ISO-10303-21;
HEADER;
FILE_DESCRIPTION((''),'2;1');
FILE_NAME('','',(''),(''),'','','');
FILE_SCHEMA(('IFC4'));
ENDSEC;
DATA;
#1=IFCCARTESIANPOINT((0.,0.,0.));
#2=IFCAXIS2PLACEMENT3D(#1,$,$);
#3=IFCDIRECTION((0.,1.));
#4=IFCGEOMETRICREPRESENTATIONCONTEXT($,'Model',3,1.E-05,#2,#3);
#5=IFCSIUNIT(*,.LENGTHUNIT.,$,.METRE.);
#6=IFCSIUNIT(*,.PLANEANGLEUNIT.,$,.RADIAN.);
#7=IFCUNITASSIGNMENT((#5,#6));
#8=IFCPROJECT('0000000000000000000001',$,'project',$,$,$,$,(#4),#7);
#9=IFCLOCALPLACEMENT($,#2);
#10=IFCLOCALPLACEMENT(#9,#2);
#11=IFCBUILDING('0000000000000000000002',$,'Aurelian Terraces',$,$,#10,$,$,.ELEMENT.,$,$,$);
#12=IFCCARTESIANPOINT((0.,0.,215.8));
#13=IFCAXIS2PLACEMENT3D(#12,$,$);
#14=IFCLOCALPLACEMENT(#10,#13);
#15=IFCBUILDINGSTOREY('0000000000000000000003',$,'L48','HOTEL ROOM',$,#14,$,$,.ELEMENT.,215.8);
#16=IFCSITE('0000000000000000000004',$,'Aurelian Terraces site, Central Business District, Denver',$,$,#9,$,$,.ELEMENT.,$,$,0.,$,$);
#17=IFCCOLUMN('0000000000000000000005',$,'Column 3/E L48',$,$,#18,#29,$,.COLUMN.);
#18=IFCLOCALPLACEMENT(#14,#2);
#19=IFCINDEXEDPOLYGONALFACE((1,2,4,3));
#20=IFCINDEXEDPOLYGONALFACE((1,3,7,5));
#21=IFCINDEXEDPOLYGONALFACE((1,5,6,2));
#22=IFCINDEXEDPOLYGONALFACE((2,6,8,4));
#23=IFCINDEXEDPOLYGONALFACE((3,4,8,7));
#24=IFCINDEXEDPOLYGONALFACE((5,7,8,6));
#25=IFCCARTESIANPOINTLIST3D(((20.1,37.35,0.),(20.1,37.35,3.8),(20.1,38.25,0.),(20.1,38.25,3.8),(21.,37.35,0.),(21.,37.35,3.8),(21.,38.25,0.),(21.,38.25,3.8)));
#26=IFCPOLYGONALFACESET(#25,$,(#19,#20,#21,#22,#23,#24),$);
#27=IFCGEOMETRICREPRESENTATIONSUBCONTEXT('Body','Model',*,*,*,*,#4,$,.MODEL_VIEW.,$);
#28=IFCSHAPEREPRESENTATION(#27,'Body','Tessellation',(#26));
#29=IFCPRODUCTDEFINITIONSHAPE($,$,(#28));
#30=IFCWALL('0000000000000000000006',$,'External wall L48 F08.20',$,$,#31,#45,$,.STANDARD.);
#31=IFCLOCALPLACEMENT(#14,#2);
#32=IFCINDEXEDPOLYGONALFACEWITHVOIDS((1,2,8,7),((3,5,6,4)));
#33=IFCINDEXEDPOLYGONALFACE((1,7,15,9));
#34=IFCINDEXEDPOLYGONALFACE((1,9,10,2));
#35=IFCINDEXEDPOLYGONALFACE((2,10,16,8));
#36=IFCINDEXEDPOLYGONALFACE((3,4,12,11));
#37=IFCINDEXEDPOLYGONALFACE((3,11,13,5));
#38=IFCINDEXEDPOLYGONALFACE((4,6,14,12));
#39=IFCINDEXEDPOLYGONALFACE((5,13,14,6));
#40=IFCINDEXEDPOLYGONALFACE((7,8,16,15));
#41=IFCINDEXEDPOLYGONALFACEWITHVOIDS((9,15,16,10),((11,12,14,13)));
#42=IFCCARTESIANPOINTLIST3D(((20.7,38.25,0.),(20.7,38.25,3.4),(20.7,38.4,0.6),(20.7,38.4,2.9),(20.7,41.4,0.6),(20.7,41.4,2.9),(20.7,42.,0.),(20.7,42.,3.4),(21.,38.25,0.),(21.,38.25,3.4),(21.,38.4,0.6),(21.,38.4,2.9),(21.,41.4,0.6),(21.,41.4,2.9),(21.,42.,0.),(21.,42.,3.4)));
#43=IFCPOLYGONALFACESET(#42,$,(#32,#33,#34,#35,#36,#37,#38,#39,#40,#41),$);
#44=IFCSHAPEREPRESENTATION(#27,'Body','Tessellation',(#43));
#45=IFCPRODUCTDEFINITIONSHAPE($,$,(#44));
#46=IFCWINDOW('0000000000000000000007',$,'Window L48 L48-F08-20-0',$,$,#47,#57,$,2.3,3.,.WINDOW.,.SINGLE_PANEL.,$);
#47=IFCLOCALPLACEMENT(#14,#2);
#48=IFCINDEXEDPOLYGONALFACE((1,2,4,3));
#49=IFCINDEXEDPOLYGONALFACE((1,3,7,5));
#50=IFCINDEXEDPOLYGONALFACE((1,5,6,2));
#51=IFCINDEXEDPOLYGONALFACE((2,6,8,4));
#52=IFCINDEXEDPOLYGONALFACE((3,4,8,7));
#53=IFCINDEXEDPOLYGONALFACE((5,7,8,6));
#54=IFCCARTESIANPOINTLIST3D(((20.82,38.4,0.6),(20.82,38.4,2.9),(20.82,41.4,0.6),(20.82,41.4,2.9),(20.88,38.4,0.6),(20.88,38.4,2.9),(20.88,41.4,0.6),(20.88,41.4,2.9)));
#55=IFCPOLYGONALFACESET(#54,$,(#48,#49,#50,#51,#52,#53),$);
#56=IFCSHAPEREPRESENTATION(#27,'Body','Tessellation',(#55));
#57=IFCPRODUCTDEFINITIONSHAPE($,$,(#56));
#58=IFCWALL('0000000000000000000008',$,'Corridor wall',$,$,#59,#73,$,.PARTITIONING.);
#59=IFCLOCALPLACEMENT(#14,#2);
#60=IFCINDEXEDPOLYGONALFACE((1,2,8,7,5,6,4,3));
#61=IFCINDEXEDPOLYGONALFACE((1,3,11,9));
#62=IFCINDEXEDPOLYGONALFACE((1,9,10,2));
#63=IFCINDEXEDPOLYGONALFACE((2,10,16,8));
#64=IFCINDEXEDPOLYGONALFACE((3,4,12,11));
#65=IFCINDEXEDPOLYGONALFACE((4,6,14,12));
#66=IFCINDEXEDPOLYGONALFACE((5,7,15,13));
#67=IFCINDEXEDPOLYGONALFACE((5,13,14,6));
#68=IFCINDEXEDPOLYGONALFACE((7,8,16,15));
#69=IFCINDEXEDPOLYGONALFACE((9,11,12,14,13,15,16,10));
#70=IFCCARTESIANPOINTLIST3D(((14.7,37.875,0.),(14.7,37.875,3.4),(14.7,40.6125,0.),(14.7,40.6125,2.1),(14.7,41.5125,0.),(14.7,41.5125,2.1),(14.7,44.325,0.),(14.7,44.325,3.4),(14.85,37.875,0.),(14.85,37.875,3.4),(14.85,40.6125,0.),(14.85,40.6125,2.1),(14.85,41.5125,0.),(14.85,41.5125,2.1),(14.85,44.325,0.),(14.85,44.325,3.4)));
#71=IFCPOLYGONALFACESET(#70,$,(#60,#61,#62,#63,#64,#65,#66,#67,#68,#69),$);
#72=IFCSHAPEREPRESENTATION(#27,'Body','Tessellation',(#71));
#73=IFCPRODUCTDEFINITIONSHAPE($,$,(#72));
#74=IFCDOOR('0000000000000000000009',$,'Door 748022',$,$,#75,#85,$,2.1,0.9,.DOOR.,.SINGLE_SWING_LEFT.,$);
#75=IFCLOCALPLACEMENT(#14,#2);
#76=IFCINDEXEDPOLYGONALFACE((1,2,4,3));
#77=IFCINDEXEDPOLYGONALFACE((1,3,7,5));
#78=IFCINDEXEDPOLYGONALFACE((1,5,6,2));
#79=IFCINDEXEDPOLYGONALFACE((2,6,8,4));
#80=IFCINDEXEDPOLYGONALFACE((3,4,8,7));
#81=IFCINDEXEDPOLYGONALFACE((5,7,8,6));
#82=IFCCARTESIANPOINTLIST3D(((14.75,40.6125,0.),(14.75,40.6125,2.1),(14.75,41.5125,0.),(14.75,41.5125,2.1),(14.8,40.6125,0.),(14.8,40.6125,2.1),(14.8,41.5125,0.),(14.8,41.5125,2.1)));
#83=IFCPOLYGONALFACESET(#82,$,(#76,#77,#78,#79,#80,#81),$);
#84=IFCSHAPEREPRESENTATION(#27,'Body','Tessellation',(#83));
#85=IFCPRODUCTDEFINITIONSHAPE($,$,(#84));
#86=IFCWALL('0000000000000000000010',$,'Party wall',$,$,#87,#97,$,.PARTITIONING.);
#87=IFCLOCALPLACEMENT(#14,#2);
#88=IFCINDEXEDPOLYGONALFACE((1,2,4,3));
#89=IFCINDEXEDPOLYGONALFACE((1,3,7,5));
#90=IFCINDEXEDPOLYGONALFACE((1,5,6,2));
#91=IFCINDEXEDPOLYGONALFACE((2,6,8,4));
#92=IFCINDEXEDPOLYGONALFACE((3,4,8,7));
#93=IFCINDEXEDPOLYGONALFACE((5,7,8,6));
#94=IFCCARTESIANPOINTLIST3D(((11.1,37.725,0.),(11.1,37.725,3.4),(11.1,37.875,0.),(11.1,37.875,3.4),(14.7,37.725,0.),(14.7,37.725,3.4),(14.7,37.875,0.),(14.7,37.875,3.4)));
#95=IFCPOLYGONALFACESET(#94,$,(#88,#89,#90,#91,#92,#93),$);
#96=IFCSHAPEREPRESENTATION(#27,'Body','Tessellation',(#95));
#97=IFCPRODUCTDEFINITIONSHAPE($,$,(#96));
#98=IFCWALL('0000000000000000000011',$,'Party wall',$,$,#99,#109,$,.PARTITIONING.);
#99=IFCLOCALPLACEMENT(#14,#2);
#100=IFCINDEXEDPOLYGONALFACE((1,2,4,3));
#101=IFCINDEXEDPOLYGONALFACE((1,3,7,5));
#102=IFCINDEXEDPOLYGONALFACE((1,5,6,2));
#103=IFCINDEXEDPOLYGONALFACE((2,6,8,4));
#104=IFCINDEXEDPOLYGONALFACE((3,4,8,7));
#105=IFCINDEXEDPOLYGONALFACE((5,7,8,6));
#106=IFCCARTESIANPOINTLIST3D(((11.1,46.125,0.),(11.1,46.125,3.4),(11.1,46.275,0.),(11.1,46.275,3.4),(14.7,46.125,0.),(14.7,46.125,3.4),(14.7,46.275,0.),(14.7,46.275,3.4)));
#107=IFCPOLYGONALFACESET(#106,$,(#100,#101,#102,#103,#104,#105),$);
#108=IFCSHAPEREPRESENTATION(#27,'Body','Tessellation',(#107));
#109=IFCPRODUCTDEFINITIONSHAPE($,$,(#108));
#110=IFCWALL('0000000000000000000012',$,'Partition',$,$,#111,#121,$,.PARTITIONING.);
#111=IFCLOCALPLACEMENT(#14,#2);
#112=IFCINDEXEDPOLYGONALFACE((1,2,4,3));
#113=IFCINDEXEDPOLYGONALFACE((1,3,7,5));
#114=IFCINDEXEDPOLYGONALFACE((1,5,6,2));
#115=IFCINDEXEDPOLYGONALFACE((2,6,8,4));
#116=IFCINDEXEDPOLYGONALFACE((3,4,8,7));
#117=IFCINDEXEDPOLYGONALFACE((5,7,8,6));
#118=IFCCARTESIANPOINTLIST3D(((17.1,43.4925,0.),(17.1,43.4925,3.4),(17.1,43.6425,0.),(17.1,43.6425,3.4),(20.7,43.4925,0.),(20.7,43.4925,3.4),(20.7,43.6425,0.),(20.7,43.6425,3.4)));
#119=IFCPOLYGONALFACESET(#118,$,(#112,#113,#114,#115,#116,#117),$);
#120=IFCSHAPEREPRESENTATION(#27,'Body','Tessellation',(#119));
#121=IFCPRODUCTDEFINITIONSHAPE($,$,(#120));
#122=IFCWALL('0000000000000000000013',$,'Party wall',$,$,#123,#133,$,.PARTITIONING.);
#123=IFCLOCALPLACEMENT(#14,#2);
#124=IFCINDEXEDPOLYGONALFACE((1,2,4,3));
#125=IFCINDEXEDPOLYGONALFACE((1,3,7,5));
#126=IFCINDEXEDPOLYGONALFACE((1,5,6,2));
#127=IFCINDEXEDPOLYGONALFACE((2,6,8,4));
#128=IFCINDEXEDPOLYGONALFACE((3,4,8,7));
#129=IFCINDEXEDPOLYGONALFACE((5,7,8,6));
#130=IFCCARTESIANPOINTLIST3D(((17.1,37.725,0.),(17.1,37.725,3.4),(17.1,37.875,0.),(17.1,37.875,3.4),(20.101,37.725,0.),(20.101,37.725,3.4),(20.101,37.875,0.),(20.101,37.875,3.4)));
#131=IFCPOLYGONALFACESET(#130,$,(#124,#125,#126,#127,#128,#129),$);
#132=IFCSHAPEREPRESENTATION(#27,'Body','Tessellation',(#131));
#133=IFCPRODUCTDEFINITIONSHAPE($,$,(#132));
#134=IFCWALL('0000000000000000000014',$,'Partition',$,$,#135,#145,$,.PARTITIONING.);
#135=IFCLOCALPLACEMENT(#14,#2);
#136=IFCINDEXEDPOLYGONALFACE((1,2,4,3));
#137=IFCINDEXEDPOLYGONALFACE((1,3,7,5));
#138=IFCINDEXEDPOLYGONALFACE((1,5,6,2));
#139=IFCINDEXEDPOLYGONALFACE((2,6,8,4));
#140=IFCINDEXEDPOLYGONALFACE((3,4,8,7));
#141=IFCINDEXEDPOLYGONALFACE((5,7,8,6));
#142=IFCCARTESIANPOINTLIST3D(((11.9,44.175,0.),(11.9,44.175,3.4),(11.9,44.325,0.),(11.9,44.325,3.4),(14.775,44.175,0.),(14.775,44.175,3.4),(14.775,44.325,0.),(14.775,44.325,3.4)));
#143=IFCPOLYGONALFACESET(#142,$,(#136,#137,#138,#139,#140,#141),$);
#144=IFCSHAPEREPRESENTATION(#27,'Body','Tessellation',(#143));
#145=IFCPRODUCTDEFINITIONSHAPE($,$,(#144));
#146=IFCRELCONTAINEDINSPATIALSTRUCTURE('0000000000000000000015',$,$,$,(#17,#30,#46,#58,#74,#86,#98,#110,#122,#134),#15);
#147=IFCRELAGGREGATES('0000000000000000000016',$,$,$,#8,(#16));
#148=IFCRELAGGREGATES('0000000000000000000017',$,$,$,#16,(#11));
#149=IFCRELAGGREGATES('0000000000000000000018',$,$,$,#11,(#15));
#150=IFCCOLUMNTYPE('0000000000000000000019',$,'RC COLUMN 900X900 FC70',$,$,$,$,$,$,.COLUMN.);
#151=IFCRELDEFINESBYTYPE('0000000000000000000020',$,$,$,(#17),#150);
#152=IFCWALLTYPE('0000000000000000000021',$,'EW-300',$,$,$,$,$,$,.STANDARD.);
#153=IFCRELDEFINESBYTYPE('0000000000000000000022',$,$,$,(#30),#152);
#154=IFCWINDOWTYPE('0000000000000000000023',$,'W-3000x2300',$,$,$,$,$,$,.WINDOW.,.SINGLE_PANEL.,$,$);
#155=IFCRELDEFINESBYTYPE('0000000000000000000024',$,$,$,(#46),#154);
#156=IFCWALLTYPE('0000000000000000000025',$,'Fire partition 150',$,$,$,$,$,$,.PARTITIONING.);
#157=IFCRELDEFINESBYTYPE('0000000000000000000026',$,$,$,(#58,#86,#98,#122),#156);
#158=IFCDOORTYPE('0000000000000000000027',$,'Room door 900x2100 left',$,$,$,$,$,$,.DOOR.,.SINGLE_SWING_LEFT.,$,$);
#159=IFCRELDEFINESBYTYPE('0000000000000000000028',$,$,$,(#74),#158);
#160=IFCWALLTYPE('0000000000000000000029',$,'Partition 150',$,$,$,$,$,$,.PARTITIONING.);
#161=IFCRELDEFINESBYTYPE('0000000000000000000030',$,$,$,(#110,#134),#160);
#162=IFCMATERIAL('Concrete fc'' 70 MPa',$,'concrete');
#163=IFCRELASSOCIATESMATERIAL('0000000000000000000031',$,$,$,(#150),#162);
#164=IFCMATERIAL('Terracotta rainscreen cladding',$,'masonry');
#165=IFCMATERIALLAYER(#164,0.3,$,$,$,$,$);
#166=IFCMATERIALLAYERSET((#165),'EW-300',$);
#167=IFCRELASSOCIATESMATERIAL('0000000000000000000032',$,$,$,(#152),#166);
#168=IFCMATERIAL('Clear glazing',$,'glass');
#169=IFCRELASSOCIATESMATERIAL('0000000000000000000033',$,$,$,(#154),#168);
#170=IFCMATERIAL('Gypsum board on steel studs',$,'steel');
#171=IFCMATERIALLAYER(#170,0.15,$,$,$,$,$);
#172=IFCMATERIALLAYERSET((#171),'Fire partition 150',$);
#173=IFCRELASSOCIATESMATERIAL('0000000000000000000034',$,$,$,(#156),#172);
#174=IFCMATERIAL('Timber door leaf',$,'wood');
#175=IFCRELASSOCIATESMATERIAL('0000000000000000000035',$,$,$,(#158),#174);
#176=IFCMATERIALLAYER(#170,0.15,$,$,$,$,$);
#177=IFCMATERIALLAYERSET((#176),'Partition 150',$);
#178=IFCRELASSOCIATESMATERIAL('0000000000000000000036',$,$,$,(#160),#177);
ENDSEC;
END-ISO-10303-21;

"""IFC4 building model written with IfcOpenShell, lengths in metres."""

from ifc_helpers import new_model, si_unit, direction, frame, frame_2d, origin, origin_2d, place, context, subcontext, project, spatial, rectangle, extrude, source, transform, mapped, material, layer, layer_set, material_profile, profile_set, type_object, element, fill, save


model = new_model("IFC4")

# Units and contexts
model_context = context("Model", 3, precision=1e-05, world=origin(), true_north=direction((0.0, 1.0)))
body_context = subcontext(model_context, "Body", "Model", "MODEL_VIEW")
ifc_project = project(units=[si_unit("LENGTHUNIT", "METRE"), si_unit("PLANEANGLEUNIT", "RADIAN")], contexts=[model_context])

# Site, building, storey
site_placement = place(None, origin())
site = spatial("IfcSite", under=ifc_project, at=site_placement, Name="Aurelian Terraces site, Central Business District, Denver", CompositionType="ELEMENT", RefElevation=0.0)
building_placement = place(site_placement, origin())
building = spatial("IfcBuilding", under=site, at=building_placement, Name="Aurelian Terraces", CompositionType="ELEMENT")
storey_placement = place(building_placement, frame((0.0, 0.0, 215.8)))
storey = spatial("IfcBuildingStorey", under=building, at=storey_placement, Name="L48", Description="HOTEL ROOM", CompositionType="ELEMENT", Elevation=215.8)

# Column
ifc_material_1 = material(Name="Concrete fc' 70 MPa", Category="concrete")
ifc_material_profile = material_profile(ifc_material_1, rectangle(XDim=0.9, YDim=0.9, at=origin_2d()))
ifc_profile_set = profile_set([ifc_material_profile], Name="Concrete fc' 70 MPa")
column_type = type_object("IfcColumnType", Name="RC COLUMN 900X900 FC70", PredefinedType="COLUMN", material=ifc_profile_set)
shared_shape_1 = source(origin(), body_context, "Body", "SweptSolid", [
    extrude(rectangle(XDim=0.9, YDim=0.9, at=origin_2d()), origin(), (0.0, 0.0, 1.0), 3.8),
])
column_placement = place(storey_placement, frame((20.55, 37.8, 0.0), z_axis=(0.0, 0.0, 1.0), x_axis=(1.0, 0.0, 0.0)))
element("IfcColumn", 1, at=column_placement, inside=storey, type_object=column_type, Name="Column 3/E L48", PredefinedType="COLUMN", context=body_context, shape_type="MappedRepresentation", body=[
    mapped(shared_shape_1, transform((0.0, 0.0, 0.0), scale=1.0)),
])

# Wall, opening, window
ifc_material_2 = material(Name="Terracotta rainscreen cladding", Category="masonry")
ifc_layer_1 = layer(ifc_material_2, 0.3)
ifc_layer_set_1 = layer_set([ifc_layer_1], Name="EW-300")
wall_type_1 = type_object("IfcWallType", Name="EW-300", PredefinedType="STANDARD", material=ifc_layer_set_1)
shared_shape_2 = source(origin(), body_context, "Body", "SweptSolid", [
    extrude(rectangle(XDim=3.75, YDim=0.3, at=frame_2d((1.875, 0.0))), origin(), (0.0, 0.0, 1.0), 3.4),
])
wall_1_placement = place(storey_placement, frame((20.85, 38.25, 0.0), z_axis=(0.0, 0.0, 1.0), x_axis=(0.0, 1.0, 0.0)))
wall_1 = element("IfcWall", 2, at=wall_1_placement, inside=storey, type_object=wall_type_1, Name="External wall L48 F08.20", PredefinedType="STANDARD", context=body_context, shape_type="MappedRepresentation", body=[
    mapped(shared_shape_2, transform((0.0, 0.0, 0.0), scale=1.0)),
])
shared_shape_3 = source(origin(), body_context, "Body", "SweptSolid", [
    extrude(rectangle(XDim=3.0, YDim=2.3, at=frame_2d((1.5, 1.15))), frame((0.0, 0.16, 0.0), z_axis=(0.0, -1.0, 0.0), x_axis=(1.0, 0.0, 0.0)), (0.0, 0.0, 1.0), 0.32),
])
opening_1_placement = place(wall_1_placement, frame((0.15, 0.0, 0.6)))
opening_1 = element("IfcOpeningElement", 3, at=opening_1_placement, cuts=wall_1, PredefinedType="OPENING", context=body_context, shape_type="MappedRepresentation", body=[
    mapped(shared_shape_3, transform((0.0, 0.0, 0.0), scale=1.0)),
])
ifc_material_3 = material(Name="Clear glazing", Category="glass")
window_type = type_object("IfcWindowType", Name="W-3000x2300", PartitioningType="SINGLE_PANEL", PredefinedType="WINDOW", material=ifc_material_3)
shared_shape_4 = source(origin(), body_context, "Body", "SweptSolid", [
    extrude(rectangle(XDim=3.0, YDim=2.3, at=frame_2d((1.5, 1.15))), frame((0.0, 0.03, 0.0), z_axis=(0.0, -1.0, 0.0), x_axis=(1.0, 0.0, 0.0)), (0.0, 0.0, 1.0), 0.06),
])
window_placement = place(opening_1_placement, origin())
window = element("IfcWindow", 4, at=window_placement, inside=storey, type_object=window_type, Name="Window L48 L48-F08-20-0", OverallHeight=2.3, OverallWidth=3.0, PartitioningType="SINGLE_PANEL", PredefinedType="WINDOW", context=body_context, shape_type="MappedRepresentation", body=[
    mapped(shared_shape_4, transform((0.0, 0.0, 0.0), scale=1.0)),
])
fill(opening_1, window)

# Wall, opening, door
ifc_material_4 = material(Name="Gypsum board on steel studs", Category="steel")
ifc_layer_2 = layer(ifc_material_4, 0.15)
ifc_layer_set_2 = layer_set([ifc_layer_2], Name="Fire partition 150")
wall_type_2 = type_object("IfcWallType", Name="Fire partition 150", PredefinedType="PARTITIONING", material=ifc_layer_set_2)
shared_shape_5 = source(origin(), body_context, "Body", "SweptSolid", [
    extrude(rectangle(XDim=6.45, YDim=0.15, at=frame_2d((3.225, 0.0))), origin(), (0.0, 0.0, 1.0), 3.4),
])
wall_2_placement = place(storey_placement, frame((14.775, 37.875, 0.0), z_axis=(0.0, 0.0, 1.0), x_axis=(0.0, 1.0, 0.0)))
wall_2 = element("IfcWall", 5, at=wall_2_placement, inside=storey, type_object=wall_type_2, Name="Corridor wall", PredefinedType="PARTITIONING", context=body_context, shape_type="MappedRepresentation", body=[
    mapped(shared_shape_5, transform((0.0, 0.0, 0.0), scale=1.0)),
])
shared_shape_6 = source(origin(), body_context, "Body", "SweptSolid", [
    extrude(rectangle(XDim=0.9, YDim=2.1, at=frame_2d((0.45, 1.05))), frame((0.0, 0.085, 0.0), z_axis=(0.0, -1.0, 0.0), x_axis=(1.0, 0.0, 0.0)), (0.0, 0.0, 1.0), 0.17),
])
opening_2_placement = place(wall_2_placement, frame((2.7375, 0.0, 0.0)))
opening_2 = element("IfcOpeningElement", 6, at=opening_2_placement, cuts=wall_2, PredefinedType="OPENING", context=body_context, shape_type="MappedRepresentation", body=[
    mapped(shared_shape_6, transform((0.0, 0.0, 0.0), scale=1.0)),
])
ifc_material_5 = material(Name="Timber door leaf", Category="wood")
door_type = type_object("IfcDoorType", Name="Room door 900x2100 left", OperationType="SINGLE_SWING_LEFT", PredefinedType="DOOR", material=ifc_material_5)
shared_shape_7 = source(origin(), body_context, "Body", "SweptSolid", [
    extrude(rectangle(XDim=0.9, YDim=2.1, at=frame_2d((0.45, 1.05))), frame((0.0, 0.025, 0.0), z_axis=(0.0, -1.0, 0.0), x_axis=(1.0, 0.0, 0.0)), (0.0, 0.0, 1.0), 0.05),
])
door_placement = place(opening_2_placement, origin())
door = element("IfcDoor", 7, at=door_placement, inside=storey, type_object=door_type, Name="Door 748022", OperationType="SINGLE_SWING_LEFT", OverallHeight=2.1, OverallWidth=0.9, PredefinedType="DOOR", context=body_context, shape_type="MappedRepresentation", body=[
    mapped(shared_shape_7, transform((0.0, 0.0, 0.0), scale=1.0)),
])
fill(opening_2, door)

# Walls
shared_shape_8 = source(origin(), body_context, "Body", "SweptSolid", [
    extrude(rectangle(XDim=3.6, YDim=0.15, at=frame_2d((1.8, 0.0))), origin(), (0.0, 0.0, 1.0), 3.4),
])
for number, where, z_axis, x_axis, name in (
    (8, (14.7, 37.8, 0.0), (0.0, 0.0, 1.0), (-1.0, 0.0, 0.0), "Party wall"),
    (9, (14.7, 46.2, 0.0), (0.0, 0.0, 1.0), (-1.0, 0.0, 0.0), "Party wall"),
):
    element("IfcWall", number, at=place(storey_placement, frame(where, z_axis=z_axis, x_axis=x_axis)), inside=storey, type_object=wall_type_2, Name=name, PredefinedType="PARTITIONING", context=body_context, shape_type="MappedRepresentation", body=[
        mapped(shared_shape_8, transform((0.0, 0.0, 0.0), scale=1.0)),
    ])
ifc_layer_3 = layer(ifc_material_4, 0.15)
ifc_layer_set_3 = layer_set([ifc_layer_3], Name="Partition 150")
wall_type_3 = type_object("IfcWallType", Name="Partition 150", PredefinedType="PARTITIONING", material=ifc_layer_set_3)
wall_3_placement = place(storey_placement, frame((17.1, 43.5675, 0.0), z_axis=(0.0, 0.0, 1.0), x_axis=(1.0, 0.0, 0.0)))
element("IfcWall", 10, at=wall_3_placement, inside=storey, type_object=wall_type_3, Name="Partition", PredefinedType="PARTITIONING", context=body_context, shape_type="MappedRepresentation", body=[
    mapped(shared_shape_8, transform((0.0, 0.0, 0.0), scale=1.0)),
])
shared_shape_9 = source(origin(), body_context, "Body", "SweptSolid", [
    extrude(rectangle(XDim=3.001, YDim=0.15, at=frame_2d((1.5005, 0.0))), origin(), (0.0, 0.0, 1.0), 3.4),
])
wall_4_placement = place(storey_placement, frame((20.101, 37.8, 0.0), z_axis=(0.0, 0.0, 1.0), x_axis=(-1.0, 0.0, 0.0)))
element("IfcWall", 11, at=wall_4_placement, inside=storey, type_object=wall_type_2, Name="Party wall", PredefinedType="PARTITIONING", context=body_context, shape_type="MappedRepresentation", body=[
    mapped(shared_shape_9, transform((0.0, 0.0, 0.0), scale=1.0)),
])
shared_shape_10 = source(origin(), body_context, "Body", "SweptSolid", [
    extrude(rectangle(XDim=2.875, YDim=0.15, at=frame_2d((1.4375, 0.0))), origin(), (0.0, 0.0, 1.0), 3.4),
])
wall_5_placement = place(storey_placement, frame((14.775, 44.25, 0.0), z_axis=(0.0, 0.0, 1.0), x_axis=(-1.0, 0.0, 0.0)))
element("IfcWall", 12, at=wall_5_placement, inside=storey, type_object=wall_type_3, Name="Partition", PredefinedType="PARTITIONING", context=body_context, shape_type="MappedRepresentation", body=[
    mapped(shared_shape_10, transform((0.0, 0.0, 0.0), scale=1.0)),
])

save(model, "model.ifc")
